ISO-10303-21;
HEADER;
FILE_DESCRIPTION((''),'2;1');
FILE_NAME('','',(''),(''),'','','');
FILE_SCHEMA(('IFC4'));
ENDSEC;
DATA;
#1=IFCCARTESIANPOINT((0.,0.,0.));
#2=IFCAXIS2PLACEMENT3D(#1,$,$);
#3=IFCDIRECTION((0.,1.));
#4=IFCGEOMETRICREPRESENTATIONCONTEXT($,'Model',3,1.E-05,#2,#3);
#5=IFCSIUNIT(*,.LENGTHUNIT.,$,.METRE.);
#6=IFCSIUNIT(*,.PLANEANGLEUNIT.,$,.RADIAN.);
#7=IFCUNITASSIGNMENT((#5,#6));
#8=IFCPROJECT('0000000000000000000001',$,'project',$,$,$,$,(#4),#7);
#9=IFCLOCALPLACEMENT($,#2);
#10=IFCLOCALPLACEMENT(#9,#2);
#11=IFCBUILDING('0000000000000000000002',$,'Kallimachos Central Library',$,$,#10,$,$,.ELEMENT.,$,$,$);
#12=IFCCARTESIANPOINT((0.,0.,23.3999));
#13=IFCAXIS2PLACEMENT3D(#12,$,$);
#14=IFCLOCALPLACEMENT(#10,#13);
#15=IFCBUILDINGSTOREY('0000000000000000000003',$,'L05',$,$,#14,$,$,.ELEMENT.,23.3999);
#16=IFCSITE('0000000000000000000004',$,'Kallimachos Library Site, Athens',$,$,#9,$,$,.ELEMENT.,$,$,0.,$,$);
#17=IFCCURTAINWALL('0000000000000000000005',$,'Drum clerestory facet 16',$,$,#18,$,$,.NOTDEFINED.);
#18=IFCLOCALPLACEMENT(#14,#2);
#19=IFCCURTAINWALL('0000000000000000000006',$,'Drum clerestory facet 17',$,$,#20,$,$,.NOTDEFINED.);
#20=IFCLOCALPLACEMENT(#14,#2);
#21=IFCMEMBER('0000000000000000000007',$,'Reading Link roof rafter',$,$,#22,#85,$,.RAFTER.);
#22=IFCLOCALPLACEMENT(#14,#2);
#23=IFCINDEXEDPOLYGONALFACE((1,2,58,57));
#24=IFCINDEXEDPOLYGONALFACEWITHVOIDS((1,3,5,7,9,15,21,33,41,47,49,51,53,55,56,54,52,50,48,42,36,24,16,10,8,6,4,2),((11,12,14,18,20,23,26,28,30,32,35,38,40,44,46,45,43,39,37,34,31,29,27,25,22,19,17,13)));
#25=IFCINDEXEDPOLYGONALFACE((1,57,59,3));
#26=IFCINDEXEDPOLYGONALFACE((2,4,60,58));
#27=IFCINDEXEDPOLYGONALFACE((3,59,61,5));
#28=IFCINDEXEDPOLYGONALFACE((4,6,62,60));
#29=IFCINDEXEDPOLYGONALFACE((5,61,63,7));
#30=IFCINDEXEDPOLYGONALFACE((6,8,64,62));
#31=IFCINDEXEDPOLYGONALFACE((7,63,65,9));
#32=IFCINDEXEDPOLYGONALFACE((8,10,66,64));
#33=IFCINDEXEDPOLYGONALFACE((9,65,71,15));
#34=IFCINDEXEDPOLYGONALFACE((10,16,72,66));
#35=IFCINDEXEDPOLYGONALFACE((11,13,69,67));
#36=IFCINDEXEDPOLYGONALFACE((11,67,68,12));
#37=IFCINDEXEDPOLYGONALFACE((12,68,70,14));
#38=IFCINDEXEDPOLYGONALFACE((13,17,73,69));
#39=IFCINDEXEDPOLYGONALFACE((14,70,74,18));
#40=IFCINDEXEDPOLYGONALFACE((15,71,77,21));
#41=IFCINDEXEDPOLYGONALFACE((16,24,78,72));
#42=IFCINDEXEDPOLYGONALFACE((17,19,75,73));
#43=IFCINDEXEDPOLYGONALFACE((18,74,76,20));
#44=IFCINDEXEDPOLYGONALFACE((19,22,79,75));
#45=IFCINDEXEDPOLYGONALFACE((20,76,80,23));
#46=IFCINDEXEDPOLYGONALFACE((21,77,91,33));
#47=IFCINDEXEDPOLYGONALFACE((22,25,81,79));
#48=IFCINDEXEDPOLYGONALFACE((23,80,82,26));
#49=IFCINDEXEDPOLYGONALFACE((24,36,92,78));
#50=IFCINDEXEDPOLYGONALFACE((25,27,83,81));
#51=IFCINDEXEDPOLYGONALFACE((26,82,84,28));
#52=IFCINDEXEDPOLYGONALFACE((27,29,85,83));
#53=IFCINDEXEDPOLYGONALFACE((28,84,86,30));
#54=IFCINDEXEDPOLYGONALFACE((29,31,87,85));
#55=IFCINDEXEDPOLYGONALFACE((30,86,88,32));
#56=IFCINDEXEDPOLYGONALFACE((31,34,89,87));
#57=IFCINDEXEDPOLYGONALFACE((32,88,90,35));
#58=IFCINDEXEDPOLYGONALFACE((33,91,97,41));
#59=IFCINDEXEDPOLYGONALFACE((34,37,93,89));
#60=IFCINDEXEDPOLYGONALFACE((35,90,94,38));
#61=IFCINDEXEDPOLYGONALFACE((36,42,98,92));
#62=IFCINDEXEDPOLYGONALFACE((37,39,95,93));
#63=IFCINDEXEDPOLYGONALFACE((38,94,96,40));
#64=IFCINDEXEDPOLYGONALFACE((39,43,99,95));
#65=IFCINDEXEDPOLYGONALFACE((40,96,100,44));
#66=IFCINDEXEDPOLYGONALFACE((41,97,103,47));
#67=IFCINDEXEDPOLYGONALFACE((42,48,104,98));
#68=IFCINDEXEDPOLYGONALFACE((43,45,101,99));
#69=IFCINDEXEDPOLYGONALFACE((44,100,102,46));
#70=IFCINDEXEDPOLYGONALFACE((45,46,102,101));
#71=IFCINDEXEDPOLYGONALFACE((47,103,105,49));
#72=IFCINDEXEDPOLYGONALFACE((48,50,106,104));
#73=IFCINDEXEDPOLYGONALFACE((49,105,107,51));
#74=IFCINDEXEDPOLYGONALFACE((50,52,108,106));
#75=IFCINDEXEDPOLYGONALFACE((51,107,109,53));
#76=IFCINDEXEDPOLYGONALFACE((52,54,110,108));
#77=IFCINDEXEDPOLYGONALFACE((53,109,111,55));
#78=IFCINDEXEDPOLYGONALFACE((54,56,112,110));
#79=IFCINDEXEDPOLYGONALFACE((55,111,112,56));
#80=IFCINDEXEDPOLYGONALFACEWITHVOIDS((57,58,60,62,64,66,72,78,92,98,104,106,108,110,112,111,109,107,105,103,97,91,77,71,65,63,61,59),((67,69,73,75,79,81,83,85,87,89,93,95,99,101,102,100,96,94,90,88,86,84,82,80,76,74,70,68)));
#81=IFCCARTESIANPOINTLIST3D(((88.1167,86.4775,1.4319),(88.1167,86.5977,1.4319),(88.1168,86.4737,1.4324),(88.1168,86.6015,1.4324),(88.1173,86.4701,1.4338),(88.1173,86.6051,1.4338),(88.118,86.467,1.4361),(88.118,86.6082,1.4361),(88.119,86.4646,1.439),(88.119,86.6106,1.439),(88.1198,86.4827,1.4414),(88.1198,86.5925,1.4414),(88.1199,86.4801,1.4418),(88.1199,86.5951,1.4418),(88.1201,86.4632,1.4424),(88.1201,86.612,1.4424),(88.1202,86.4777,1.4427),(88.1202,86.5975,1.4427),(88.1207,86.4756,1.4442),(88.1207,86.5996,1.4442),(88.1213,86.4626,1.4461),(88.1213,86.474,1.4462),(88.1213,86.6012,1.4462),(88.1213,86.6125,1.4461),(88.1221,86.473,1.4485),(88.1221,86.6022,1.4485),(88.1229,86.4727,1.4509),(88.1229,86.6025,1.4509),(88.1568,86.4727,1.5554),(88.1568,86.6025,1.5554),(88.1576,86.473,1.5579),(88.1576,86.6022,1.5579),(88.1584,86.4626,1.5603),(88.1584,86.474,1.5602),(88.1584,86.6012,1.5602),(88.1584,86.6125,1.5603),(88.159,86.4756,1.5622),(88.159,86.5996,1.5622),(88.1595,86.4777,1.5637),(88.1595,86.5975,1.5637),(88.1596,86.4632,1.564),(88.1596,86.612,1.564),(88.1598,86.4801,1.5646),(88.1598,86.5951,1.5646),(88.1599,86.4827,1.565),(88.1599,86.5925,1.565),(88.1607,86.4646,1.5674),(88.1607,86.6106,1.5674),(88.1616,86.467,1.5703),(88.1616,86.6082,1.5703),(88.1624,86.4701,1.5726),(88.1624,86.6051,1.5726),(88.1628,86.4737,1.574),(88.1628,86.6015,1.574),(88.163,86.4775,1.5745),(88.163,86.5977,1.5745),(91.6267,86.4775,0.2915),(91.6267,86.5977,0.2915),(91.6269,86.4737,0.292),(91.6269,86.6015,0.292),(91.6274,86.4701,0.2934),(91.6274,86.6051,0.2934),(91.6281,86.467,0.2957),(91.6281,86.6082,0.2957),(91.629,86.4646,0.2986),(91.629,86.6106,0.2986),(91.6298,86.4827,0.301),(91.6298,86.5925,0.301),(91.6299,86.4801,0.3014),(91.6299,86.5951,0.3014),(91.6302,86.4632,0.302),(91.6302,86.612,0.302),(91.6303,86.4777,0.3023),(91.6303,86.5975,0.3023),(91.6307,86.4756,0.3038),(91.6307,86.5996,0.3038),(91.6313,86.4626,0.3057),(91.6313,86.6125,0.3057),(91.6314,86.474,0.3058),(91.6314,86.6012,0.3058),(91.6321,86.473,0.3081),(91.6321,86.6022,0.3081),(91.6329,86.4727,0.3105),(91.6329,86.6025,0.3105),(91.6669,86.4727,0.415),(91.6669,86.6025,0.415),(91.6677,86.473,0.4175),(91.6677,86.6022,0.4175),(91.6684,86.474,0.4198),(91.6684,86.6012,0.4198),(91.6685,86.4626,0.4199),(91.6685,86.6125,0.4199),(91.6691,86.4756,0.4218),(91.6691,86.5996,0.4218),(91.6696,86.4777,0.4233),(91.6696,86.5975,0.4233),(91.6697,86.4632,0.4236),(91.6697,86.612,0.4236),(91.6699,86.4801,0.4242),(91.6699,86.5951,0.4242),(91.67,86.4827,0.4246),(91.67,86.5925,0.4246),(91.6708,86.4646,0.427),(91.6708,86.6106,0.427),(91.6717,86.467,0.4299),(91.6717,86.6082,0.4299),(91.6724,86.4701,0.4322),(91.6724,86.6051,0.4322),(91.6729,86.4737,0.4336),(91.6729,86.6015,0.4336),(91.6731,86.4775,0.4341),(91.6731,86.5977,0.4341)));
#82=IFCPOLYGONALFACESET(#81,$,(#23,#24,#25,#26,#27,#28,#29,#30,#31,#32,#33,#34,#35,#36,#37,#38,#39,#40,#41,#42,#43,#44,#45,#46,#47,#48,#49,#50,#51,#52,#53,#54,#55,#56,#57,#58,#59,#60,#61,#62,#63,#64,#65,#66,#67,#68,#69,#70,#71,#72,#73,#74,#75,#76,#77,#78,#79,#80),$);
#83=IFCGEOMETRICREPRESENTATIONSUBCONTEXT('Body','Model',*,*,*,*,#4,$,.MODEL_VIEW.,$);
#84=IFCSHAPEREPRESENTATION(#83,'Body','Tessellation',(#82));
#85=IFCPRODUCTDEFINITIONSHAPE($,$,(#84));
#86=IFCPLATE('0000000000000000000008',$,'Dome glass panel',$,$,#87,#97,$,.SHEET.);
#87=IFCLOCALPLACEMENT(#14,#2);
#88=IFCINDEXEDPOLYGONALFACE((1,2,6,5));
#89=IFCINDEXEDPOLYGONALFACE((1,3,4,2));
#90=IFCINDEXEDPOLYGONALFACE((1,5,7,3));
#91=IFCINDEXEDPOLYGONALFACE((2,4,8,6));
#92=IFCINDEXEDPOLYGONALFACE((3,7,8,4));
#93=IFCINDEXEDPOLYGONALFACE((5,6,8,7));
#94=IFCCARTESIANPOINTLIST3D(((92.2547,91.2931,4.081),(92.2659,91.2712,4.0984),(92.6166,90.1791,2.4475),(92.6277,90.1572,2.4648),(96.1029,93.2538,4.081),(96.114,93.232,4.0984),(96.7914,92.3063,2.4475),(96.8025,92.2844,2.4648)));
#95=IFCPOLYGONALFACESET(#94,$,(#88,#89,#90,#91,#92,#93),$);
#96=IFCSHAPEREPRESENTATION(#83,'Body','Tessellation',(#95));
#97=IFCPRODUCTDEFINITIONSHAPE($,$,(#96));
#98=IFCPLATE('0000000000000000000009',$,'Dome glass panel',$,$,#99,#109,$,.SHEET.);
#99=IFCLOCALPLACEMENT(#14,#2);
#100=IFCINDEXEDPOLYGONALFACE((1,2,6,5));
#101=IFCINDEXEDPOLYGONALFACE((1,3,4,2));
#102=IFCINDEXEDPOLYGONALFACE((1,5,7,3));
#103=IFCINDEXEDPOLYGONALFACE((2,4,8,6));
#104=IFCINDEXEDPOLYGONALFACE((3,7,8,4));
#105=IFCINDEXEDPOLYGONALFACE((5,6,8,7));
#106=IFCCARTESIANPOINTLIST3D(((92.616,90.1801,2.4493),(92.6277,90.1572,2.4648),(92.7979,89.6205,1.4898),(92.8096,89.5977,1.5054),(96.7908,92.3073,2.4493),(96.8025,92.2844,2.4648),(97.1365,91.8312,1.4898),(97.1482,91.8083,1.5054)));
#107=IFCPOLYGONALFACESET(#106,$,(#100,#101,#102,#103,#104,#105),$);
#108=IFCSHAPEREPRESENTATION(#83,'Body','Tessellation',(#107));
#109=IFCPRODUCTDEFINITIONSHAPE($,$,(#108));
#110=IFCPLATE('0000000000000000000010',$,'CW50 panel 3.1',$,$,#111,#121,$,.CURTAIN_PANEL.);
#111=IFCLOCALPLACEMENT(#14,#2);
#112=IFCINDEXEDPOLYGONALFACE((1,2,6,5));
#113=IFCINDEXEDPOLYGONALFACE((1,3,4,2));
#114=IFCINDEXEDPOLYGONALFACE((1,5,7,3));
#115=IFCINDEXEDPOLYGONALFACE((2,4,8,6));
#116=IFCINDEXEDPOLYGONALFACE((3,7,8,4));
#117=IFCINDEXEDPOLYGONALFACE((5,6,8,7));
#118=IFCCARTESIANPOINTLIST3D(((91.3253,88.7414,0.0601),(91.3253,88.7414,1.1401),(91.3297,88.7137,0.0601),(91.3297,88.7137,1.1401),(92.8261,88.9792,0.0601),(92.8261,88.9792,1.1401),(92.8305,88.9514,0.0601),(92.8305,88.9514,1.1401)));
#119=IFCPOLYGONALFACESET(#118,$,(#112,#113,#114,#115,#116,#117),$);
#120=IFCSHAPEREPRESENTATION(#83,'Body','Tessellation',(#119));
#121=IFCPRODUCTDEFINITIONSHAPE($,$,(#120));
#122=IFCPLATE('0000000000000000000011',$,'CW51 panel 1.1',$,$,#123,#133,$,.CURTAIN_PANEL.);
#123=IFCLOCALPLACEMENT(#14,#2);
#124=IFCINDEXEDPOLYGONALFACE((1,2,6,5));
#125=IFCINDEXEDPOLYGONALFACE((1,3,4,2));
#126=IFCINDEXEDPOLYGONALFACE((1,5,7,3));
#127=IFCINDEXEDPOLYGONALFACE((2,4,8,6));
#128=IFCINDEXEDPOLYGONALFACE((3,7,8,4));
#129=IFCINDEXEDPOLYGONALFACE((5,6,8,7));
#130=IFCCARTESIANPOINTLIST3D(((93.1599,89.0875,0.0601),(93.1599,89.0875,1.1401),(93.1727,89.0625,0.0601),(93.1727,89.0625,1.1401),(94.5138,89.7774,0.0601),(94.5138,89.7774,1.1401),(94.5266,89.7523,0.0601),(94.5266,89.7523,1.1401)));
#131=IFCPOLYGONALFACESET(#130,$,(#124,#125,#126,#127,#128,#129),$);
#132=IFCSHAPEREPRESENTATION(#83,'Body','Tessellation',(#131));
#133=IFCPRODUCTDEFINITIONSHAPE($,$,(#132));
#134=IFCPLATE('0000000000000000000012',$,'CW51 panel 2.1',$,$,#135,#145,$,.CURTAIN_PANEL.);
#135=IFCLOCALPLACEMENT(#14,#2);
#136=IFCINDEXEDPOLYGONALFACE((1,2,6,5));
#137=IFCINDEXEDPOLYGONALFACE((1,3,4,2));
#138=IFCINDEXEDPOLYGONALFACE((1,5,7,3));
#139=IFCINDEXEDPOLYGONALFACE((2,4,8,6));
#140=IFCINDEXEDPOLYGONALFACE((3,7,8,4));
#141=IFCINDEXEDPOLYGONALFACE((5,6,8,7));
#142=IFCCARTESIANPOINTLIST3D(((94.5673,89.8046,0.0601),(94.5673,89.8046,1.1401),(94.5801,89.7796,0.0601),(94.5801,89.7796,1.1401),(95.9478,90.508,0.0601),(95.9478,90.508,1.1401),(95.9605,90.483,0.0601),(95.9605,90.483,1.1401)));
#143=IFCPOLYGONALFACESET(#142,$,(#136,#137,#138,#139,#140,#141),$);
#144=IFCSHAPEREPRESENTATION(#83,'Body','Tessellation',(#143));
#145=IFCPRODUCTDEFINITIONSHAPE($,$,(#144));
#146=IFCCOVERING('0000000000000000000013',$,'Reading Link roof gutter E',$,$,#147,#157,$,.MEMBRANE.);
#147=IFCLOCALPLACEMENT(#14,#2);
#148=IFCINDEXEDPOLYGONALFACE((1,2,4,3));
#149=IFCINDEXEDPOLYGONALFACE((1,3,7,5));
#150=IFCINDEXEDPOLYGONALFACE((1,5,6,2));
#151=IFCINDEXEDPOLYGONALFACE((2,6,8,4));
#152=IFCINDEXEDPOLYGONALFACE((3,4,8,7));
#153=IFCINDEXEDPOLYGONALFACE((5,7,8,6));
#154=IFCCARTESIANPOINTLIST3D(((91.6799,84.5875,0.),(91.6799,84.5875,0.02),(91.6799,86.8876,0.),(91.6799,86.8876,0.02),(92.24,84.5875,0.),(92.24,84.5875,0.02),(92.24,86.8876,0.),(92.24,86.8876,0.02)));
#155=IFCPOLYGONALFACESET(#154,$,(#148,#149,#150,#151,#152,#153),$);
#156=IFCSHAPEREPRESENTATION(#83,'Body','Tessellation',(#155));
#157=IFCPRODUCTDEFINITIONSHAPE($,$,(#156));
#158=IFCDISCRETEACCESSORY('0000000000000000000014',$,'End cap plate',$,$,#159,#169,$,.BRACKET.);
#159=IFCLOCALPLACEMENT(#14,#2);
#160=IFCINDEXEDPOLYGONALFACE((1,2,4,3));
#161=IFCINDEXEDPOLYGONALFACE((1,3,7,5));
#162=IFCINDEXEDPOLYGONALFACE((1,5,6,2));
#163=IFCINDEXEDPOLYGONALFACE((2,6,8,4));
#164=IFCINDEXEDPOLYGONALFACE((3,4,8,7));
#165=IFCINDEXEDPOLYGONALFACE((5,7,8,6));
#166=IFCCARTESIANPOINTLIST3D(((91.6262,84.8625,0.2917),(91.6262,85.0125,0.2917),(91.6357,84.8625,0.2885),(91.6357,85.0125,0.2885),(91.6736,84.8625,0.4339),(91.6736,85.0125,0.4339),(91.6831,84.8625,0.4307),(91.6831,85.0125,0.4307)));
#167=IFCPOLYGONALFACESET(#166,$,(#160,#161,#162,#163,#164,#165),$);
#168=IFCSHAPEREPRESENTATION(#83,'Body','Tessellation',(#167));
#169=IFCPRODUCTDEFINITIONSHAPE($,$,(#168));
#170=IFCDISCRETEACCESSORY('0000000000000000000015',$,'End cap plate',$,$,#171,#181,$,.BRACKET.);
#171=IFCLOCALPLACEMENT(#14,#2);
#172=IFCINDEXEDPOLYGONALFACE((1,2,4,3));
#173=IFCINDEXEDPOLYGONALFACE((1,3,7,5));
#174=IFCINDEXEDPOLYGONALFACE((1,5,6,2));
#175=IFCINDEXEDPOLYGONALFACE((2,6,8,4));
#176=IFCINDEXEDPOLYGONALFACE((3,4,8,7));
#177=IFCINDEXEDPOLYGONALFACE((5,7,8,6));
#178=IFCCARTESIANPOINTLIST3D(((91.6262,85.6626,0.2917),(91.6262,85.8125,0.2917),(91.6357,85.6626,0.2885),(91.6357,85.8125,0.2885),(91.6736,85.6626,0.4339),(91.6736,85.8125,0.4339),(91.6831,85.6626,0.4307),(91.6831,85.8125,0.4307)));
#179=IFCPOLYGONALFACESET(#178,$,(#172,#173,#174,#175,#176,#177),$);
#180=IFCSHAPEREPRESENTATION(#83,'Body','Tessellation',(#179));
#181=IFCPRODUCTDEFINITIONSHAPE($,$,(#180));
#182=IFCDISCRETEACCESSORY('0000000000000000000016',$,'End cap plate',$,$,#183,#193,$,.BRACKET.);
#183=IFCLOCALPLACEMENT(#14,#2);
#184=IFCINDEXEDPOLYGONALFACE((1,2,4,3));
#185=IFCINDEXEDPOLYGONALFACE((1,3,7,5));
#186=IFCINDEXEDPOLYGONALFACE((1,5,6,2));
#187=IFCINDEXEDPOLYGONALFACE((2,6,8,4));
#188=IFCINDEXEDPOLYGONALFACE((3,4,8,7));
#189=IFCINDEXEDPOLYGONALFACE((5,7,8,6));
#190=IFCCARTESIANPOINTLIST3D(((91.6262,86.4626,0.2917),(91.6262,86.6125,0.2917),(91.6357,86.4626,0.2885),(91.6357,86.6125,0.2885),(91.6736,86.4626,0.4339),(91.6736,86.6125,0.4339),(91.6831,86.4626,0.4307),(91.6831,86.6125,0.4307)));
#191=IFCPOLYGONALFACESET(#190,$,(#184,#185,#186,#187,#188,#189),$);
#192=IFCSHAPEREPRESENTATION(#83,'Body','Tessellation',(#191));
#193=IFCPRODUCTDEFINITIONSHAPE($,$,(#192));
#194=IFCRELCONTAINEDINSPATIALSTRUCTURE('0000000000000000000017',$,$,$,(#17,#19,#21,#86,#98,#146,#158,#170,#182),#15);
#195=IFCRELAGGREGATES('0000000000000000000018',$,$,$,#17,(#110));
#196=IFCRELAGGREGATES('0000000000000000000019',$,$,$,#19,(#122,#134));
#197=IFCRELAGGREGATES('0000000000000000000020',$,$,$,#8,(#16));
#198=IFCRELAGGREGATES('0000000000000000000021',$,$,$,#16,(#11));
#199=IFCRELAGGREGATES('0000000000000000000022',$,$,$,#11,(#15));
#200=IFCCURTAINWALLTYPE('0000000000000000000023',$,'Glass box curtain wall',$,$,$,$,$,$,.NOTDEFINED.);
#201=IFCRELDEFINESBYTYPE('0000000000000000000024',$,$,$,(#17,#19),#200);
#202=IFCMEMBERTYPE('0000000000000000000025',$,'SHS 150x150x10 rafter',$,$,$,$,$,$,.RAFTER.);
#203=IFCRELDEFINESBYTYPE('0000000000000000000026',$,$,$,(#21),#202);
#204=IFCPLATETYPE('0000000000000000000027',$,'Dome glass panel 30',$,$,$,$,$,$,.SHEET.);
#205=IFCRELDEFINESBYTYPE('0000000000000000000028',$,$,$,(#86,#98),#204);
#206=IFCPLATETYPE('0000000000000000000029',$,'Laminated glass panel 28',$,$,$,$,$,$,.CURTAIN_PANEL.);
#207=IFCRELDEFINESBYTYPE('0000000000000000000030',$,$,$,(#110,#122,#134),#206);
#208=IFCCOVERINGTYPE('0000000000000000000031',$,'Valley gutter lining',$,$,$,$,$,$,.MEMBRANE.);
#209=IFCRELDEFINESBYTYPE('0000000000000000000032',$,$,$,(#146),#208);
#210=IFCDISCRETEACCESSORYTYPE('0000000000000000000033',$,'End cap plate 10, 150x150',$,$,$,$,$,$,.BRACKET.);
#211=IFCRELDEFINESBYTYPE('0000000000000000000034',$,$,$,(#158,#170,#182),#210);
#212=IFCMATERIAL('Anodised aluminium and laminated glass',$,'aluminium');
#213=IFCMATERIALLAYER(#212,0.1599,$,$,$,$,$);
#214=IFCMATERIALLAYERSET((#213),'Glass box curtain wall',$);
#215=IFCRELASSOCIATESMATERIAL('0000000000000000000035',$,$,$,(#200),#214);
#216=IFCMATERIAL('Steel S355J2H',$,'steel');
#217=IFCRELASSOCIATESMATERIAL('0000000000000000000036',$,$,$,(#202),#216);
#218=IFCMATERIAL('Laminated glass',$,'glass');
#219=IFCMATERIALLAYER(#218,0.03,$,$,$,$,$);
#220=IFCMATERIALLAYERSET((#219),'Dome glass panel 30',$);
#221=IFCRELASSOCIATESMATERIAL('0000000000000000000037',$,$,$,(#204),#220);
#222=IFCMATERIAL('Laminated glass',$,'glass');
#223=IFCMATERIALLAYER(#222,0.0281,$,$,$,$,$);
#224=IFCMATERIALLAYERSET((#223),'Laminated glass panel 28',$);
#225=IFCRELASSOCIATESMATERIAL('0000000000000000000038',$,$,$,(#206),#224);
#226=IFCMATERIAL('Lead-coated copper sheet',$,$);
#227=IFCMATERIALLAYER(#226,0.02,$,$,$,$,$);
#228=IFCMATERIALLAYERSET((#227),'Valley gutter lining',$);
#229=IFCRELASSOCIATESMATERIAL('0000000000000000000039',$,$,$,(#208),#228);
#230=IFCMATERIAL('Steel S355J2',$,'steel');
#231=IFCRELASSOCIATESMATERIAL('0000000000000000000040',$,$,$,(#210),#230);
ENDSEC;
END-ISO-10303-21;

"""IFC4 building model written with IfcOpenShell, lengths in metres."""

from ifc_helpers import new_model, si_unit, direction, frame, origin, origin_2d, place, context, subcontext, project, spatial, polyline, rectangle, hollow_rectangle, outline, extrude, material, layer, layer_set, material_profile, profile_set, type_object, element, aggregate, save


model = new_model("IFC4")

# Units and contexts
model_context = context("Model", 3, precision=1e-05, world=origin(), true_north=direction((0.0, 1.0)))
body_context = subcontext(model_context, "Body", "Model", "MODEL_VIEW")
ifc_project = project(units=[si_unit("LENGTHUNIT", "METRE"), si_unit("PLANEANGLEUNIT", "RADIAN")], contexts=[model_context])

# Site, building, storey
site_placement = place(None, origin())
site = spatial("IfcSite", under=ifc_project, at=site_placement, Name="Kallimachos Library Site, Athens", CompositionType="ELEMENT", RefElevation=0.0)
building_placement = place(site_placement, origin())
building = spatial("IfcBuilding", under=site, at=building_placement, Name="Kallimachos Central Library", CompositionType="ELEMENT")
storey_placement = place(building_placement, frame((0.0, 0.0, 23.3999)))
storey = spatial("IfcBuildingStorey", under=building, at=storey_placement, Name="L05", CompositionType="ELEMENT", Elevation=23.3999)

# Curtain wall
ifc_material_1 = material(Name="Anodised aluminium and laminated glass", Category="aluminium")
ifc_layer_1 = layer(ifc_material_1, 0.1599)
ifc_layer_set_1 = layer_set([ifc_layer_1], Name="Glass box curtain wall")
curtain_wall_type = type_object("IfcCurtainWallType", Name="Glass box curtain wall", PredefinedType="NOTDEFINED", material=ifc_layer_set_1)
curtain_wall_1_placement = place(storey_placement, origin())
curtain_wall_1 = element("IfcCurtainWall", 1, at=curtain_wall_1_placement, inside=storey, type_object=curtain_wall_type, Name="Drum clerestory facet 16", PredefinedType="NOTDEFINED")

# Curtain wall
curtain_wall_2_placement = place(storey_placement, origin())
curtain_wall_2 = element("IfcCurtainWall", 2, at=curtain_wall_2_placement, inside=storey, type_object=curtain_wall_type, Name="Drum clerestory facet 17", PredefinedType="NOTDEFINED")

# Member
ifc_material_2 = material(Name="Steel S355J2H", Category="steel")
ifc_material_profile_1 = material_profile(ifc_material_2, hollow_rectangle(XDim=0.1499, YDim=0.1499, WallThickness=0.01, InnerFilletRadius=0.01, OuterFilletRadius=0.0149, at=origin_2d()), Name="SHS 150x150x10")
ifc_profile_set_1 = profile_set([ifc_material_profile_1], Name="Steel S355J2H")
member_type_1 = type_object("IfcMemberType", Name="SHS 150x150x10 rafter", PredefinedType="RAFTER", material=ifc_profile_set_1)
for number, where, z_axis, x_axis, name in (
    (3, (91.6499, 86.5376, 0.3628), (-0.951064, 0.0, 0.308995), (0.0, -1.0, 0.0), "Reading Link roof rafter"),
):
    element("IfcMember", number, at=place(storey_placement, frame(where, z_axis=z_axis, x_axis=x_axis)), inside=storey, type_object=member_type_1, Name=name, PredefinedType="RAFTER", context=body_context, shape_type="SweptSolid", body=[
        extrude(hollow_rectangle(XDim=0.1499, YDim=0.1499, WallThickness=0.01, InnerFilletRadius=0.01, OuterFilletRadius=0.0149, at=origin_2d()), origin(), (0.0, 0.0, 1.0), 3.6907),
    ])

# Plates
ifc_material_3 = material(Name="Laminated glass", Category="glass")
ifc_layer_2 = layer(ifc_material_3, 0.03)
ifc_layer_set_2 = layer_set([ifc_layer_2], Name="Dome glass panel 30")
plate_type_1 = type_object("IfcPlateType", Name="Dome glass panel 30", PredefinedType="SHEET", material=ifc_layer_set_2)
plate_1_placement = place(storey_placement, frame((92.2659, 91.2712, 4.0984), z_axis=(0.370496, -0.727139, 0.577928), x_axis=(0.179997, -0.554206, -0.812685)))
element("IfcPlate", 4, at=plate_1_placement, inside=storey, type_object=plate_type_1, Name="Dome glass panel", PredefinedType="SHEET", context=body_context, shape_type="SweptSolid", body=[
    extrude(outline(polyline([(0.0, 0.0), (2.0101, 0.0), (1.5826, 4.666), (-0.394, 4.3009), (0.0, 0.0)])), origin(), (0.0, 0.0, -1.0), 0.03),
])
plate_2_placement = place(storey_placement, frame((92.6277, 90.1572, 2.4648), z_axis=(0.388321, -0.762109, 0.51807), x_axis=(0.161598, -0.497161, -0.852477)))
element("IfcPlate", 5, at=plate_2_placement, inside=storey, type_object=plate_type_1, Name="Dome glass panel", PredefinedType="SHEET", context=body_context, shape_type="SweptSolid", body=[
    extrude(outline(polyline([(0.0, 0.0), (1.1255, 0.0), (0.7276, 4.8531), (-0.3829, 4.6698), (0.0, 0.0)])), origin(), (0.0, 0.0, -1.0), 0.03),
])

# Plates
ifc_material_4 = material(Name="Laminated glass", Category="glass")
ifc_layer_3 = layer(ifc_material_4, 0.0281)
ifc_layer_set_3 = layer_set([ifc_layer_3], Name="Laminated glass panel 28")
plate_type_2 = type_object("IfcPlateType", Name="Laminated glass panel 28", PredefinedType="CURTAIN_PANEL", material=ifc_layer_set_3)
plate_3_placement = place(storey_placement, frame((92.0779, 88.8464, 0.0601), z_axis=(0.0, 0.0, 1.0), x_axis=(0.987688, 0.156435, 0.0)))
plate_3 = element("IfcPlate", 6, at=plate_3_placement, type_object=plate_type_2, Name="CW50 panel 3.1", PredefinedType="CURTAIN_PANEL", context=body_context, shape_type="SweptSolid", body=[
    extrude(rectangle(XDim=1.5195, YDim=0.0281, at=origin_2d()), origin(), (0.0, 0.0, 1.0), 1.0801),
])
aggregate(curtain_wall_1, [plate_3])
plate_4_placement = place(storey_placement, frame((93.8433, 89.4199, 0.0601), z_axis=(0.0, 0.0, 1.0), x_axis=(0.891006, 0.453991, 0.0)))
plate_4 = element("IfcPlate", 7, at=plate_4_placement, type_object=plate_type_2, Name="CW51 panel 1.1", PredefinedType="CURTAIN_PANEL", context=body_context, shape_type="SweptSolid", body=[
    extrude(rectangle(XDim=1.5195, YDim=0.0281, at=origin_2d()), origin(), (0.0, 0.0, 1.0), 1.0801),
])
plate_5_placement = place(storey_placement, frame((95.2639, 90.1438, 0.0601), z_axis=(0.0, 0.0, 1.0), x_axis=(0.891006, 0.453991, 0.0)))
plate_5 = element("IfcPlate", 8, at=plate_5_placement, type_object=plate_type_2, Name="CW51 panel 2.1", PredefinedType="CURTAIN_PANEL", context=body_context, shape_type="SweptSolid", body=[
    extrude(rectangle(XDim=1.5493, YDim=0.0281, at=origin_2d()), origin(), (0.0, 0.0, 1.0), 1.0801),
])
aggregate(curtain_wall_2, [plate_4, plate_5])

# Covering
ifc_material_5 = material(Name="Lead-coated copper sheet")
ifc_layer_4 = layer(ifc_material_5, 0.02)
ifc_layer_set_4 = layer_set([ifc_layer_4], Name="Valley gutter lining")
covering_type = type_object("IfcCoveringType", Name="Valley gutter lining", PredefinedType="MEMBRANE", material=ifc_layer_set_4)
covering_placement = place(storey_placement, frame((91.96, 85.7375, 0.0), z_axis=(0.0, 0.0, 1.0), x_axis=(1.0, 0.0, 0.0)))
element("IfcCovering", 9, at=covering_placement, inside=storey, type_object=covering_type, Name="Reading Link roof gutter E", PredefinedType="MEMBRANE", context=body_context, shape_type="SweptSolid", body=[
    extrude(rectangle(XDim=0.5601, YDim=2.3, at=origin_2d()), origin(), (0.0, 0.0, 1.0), 0.02),
])

# Discrete accessories
ifc_material_6 = material(Name="Steel S355J2", Category="steel")
ifc_material_profile_2 = material_profile(ifc_material_6, rectangle(XDim=0.1499, YDim=0.1499, at=origin_2d()), Name="End cap plate 10, 150x150")
ifc_profile_set_2 = profile_set([ifc_material_profile_2], Name="Steel S355J2")
discrete_accessory_type = type_object("IfcDiscreteAccessoryType", Name="End cap plate 10, 150x150", PredefinedType="BRACKET", material=ifc_profile_set_2)
for number, where, z_axis, x_axis, name in (
    (10, (91.6594, 84.9375, 0.3596), (-0.948683, 0.0, 0.316228), (0.0, -1.0, 0.0), "End cap plate"),
    (11, (91.6594, 85.7375, 0.3596), (-0.948683, 0.0, 0.316228), (0.0, -1.0, 0.0), "End cap plate"),
    (12, (91.6594, 86.5376, 0.3596), (-0.948683, 0.0, 0.316228), (0.0, -1.0, 0.0), "End cap plate"),
):
    element("IfcDiscreteAccessory", number, at=place(storey_placement, frame(where, z_axis=z_axis, x_axis=x_axis)), inside=storey, type_object=discrete_accessory_type, Name=name, PredefinedType="BRACKET", context=body_context, shape_type="SweptSolid", body=[
        extrude(rectangle(XDim=0.1499, YDim=0.1499, at=origin_2d()), origin(), (0.0, 0.0, 1.0), 0.01),
    ])

save(model, "model.ifc")
